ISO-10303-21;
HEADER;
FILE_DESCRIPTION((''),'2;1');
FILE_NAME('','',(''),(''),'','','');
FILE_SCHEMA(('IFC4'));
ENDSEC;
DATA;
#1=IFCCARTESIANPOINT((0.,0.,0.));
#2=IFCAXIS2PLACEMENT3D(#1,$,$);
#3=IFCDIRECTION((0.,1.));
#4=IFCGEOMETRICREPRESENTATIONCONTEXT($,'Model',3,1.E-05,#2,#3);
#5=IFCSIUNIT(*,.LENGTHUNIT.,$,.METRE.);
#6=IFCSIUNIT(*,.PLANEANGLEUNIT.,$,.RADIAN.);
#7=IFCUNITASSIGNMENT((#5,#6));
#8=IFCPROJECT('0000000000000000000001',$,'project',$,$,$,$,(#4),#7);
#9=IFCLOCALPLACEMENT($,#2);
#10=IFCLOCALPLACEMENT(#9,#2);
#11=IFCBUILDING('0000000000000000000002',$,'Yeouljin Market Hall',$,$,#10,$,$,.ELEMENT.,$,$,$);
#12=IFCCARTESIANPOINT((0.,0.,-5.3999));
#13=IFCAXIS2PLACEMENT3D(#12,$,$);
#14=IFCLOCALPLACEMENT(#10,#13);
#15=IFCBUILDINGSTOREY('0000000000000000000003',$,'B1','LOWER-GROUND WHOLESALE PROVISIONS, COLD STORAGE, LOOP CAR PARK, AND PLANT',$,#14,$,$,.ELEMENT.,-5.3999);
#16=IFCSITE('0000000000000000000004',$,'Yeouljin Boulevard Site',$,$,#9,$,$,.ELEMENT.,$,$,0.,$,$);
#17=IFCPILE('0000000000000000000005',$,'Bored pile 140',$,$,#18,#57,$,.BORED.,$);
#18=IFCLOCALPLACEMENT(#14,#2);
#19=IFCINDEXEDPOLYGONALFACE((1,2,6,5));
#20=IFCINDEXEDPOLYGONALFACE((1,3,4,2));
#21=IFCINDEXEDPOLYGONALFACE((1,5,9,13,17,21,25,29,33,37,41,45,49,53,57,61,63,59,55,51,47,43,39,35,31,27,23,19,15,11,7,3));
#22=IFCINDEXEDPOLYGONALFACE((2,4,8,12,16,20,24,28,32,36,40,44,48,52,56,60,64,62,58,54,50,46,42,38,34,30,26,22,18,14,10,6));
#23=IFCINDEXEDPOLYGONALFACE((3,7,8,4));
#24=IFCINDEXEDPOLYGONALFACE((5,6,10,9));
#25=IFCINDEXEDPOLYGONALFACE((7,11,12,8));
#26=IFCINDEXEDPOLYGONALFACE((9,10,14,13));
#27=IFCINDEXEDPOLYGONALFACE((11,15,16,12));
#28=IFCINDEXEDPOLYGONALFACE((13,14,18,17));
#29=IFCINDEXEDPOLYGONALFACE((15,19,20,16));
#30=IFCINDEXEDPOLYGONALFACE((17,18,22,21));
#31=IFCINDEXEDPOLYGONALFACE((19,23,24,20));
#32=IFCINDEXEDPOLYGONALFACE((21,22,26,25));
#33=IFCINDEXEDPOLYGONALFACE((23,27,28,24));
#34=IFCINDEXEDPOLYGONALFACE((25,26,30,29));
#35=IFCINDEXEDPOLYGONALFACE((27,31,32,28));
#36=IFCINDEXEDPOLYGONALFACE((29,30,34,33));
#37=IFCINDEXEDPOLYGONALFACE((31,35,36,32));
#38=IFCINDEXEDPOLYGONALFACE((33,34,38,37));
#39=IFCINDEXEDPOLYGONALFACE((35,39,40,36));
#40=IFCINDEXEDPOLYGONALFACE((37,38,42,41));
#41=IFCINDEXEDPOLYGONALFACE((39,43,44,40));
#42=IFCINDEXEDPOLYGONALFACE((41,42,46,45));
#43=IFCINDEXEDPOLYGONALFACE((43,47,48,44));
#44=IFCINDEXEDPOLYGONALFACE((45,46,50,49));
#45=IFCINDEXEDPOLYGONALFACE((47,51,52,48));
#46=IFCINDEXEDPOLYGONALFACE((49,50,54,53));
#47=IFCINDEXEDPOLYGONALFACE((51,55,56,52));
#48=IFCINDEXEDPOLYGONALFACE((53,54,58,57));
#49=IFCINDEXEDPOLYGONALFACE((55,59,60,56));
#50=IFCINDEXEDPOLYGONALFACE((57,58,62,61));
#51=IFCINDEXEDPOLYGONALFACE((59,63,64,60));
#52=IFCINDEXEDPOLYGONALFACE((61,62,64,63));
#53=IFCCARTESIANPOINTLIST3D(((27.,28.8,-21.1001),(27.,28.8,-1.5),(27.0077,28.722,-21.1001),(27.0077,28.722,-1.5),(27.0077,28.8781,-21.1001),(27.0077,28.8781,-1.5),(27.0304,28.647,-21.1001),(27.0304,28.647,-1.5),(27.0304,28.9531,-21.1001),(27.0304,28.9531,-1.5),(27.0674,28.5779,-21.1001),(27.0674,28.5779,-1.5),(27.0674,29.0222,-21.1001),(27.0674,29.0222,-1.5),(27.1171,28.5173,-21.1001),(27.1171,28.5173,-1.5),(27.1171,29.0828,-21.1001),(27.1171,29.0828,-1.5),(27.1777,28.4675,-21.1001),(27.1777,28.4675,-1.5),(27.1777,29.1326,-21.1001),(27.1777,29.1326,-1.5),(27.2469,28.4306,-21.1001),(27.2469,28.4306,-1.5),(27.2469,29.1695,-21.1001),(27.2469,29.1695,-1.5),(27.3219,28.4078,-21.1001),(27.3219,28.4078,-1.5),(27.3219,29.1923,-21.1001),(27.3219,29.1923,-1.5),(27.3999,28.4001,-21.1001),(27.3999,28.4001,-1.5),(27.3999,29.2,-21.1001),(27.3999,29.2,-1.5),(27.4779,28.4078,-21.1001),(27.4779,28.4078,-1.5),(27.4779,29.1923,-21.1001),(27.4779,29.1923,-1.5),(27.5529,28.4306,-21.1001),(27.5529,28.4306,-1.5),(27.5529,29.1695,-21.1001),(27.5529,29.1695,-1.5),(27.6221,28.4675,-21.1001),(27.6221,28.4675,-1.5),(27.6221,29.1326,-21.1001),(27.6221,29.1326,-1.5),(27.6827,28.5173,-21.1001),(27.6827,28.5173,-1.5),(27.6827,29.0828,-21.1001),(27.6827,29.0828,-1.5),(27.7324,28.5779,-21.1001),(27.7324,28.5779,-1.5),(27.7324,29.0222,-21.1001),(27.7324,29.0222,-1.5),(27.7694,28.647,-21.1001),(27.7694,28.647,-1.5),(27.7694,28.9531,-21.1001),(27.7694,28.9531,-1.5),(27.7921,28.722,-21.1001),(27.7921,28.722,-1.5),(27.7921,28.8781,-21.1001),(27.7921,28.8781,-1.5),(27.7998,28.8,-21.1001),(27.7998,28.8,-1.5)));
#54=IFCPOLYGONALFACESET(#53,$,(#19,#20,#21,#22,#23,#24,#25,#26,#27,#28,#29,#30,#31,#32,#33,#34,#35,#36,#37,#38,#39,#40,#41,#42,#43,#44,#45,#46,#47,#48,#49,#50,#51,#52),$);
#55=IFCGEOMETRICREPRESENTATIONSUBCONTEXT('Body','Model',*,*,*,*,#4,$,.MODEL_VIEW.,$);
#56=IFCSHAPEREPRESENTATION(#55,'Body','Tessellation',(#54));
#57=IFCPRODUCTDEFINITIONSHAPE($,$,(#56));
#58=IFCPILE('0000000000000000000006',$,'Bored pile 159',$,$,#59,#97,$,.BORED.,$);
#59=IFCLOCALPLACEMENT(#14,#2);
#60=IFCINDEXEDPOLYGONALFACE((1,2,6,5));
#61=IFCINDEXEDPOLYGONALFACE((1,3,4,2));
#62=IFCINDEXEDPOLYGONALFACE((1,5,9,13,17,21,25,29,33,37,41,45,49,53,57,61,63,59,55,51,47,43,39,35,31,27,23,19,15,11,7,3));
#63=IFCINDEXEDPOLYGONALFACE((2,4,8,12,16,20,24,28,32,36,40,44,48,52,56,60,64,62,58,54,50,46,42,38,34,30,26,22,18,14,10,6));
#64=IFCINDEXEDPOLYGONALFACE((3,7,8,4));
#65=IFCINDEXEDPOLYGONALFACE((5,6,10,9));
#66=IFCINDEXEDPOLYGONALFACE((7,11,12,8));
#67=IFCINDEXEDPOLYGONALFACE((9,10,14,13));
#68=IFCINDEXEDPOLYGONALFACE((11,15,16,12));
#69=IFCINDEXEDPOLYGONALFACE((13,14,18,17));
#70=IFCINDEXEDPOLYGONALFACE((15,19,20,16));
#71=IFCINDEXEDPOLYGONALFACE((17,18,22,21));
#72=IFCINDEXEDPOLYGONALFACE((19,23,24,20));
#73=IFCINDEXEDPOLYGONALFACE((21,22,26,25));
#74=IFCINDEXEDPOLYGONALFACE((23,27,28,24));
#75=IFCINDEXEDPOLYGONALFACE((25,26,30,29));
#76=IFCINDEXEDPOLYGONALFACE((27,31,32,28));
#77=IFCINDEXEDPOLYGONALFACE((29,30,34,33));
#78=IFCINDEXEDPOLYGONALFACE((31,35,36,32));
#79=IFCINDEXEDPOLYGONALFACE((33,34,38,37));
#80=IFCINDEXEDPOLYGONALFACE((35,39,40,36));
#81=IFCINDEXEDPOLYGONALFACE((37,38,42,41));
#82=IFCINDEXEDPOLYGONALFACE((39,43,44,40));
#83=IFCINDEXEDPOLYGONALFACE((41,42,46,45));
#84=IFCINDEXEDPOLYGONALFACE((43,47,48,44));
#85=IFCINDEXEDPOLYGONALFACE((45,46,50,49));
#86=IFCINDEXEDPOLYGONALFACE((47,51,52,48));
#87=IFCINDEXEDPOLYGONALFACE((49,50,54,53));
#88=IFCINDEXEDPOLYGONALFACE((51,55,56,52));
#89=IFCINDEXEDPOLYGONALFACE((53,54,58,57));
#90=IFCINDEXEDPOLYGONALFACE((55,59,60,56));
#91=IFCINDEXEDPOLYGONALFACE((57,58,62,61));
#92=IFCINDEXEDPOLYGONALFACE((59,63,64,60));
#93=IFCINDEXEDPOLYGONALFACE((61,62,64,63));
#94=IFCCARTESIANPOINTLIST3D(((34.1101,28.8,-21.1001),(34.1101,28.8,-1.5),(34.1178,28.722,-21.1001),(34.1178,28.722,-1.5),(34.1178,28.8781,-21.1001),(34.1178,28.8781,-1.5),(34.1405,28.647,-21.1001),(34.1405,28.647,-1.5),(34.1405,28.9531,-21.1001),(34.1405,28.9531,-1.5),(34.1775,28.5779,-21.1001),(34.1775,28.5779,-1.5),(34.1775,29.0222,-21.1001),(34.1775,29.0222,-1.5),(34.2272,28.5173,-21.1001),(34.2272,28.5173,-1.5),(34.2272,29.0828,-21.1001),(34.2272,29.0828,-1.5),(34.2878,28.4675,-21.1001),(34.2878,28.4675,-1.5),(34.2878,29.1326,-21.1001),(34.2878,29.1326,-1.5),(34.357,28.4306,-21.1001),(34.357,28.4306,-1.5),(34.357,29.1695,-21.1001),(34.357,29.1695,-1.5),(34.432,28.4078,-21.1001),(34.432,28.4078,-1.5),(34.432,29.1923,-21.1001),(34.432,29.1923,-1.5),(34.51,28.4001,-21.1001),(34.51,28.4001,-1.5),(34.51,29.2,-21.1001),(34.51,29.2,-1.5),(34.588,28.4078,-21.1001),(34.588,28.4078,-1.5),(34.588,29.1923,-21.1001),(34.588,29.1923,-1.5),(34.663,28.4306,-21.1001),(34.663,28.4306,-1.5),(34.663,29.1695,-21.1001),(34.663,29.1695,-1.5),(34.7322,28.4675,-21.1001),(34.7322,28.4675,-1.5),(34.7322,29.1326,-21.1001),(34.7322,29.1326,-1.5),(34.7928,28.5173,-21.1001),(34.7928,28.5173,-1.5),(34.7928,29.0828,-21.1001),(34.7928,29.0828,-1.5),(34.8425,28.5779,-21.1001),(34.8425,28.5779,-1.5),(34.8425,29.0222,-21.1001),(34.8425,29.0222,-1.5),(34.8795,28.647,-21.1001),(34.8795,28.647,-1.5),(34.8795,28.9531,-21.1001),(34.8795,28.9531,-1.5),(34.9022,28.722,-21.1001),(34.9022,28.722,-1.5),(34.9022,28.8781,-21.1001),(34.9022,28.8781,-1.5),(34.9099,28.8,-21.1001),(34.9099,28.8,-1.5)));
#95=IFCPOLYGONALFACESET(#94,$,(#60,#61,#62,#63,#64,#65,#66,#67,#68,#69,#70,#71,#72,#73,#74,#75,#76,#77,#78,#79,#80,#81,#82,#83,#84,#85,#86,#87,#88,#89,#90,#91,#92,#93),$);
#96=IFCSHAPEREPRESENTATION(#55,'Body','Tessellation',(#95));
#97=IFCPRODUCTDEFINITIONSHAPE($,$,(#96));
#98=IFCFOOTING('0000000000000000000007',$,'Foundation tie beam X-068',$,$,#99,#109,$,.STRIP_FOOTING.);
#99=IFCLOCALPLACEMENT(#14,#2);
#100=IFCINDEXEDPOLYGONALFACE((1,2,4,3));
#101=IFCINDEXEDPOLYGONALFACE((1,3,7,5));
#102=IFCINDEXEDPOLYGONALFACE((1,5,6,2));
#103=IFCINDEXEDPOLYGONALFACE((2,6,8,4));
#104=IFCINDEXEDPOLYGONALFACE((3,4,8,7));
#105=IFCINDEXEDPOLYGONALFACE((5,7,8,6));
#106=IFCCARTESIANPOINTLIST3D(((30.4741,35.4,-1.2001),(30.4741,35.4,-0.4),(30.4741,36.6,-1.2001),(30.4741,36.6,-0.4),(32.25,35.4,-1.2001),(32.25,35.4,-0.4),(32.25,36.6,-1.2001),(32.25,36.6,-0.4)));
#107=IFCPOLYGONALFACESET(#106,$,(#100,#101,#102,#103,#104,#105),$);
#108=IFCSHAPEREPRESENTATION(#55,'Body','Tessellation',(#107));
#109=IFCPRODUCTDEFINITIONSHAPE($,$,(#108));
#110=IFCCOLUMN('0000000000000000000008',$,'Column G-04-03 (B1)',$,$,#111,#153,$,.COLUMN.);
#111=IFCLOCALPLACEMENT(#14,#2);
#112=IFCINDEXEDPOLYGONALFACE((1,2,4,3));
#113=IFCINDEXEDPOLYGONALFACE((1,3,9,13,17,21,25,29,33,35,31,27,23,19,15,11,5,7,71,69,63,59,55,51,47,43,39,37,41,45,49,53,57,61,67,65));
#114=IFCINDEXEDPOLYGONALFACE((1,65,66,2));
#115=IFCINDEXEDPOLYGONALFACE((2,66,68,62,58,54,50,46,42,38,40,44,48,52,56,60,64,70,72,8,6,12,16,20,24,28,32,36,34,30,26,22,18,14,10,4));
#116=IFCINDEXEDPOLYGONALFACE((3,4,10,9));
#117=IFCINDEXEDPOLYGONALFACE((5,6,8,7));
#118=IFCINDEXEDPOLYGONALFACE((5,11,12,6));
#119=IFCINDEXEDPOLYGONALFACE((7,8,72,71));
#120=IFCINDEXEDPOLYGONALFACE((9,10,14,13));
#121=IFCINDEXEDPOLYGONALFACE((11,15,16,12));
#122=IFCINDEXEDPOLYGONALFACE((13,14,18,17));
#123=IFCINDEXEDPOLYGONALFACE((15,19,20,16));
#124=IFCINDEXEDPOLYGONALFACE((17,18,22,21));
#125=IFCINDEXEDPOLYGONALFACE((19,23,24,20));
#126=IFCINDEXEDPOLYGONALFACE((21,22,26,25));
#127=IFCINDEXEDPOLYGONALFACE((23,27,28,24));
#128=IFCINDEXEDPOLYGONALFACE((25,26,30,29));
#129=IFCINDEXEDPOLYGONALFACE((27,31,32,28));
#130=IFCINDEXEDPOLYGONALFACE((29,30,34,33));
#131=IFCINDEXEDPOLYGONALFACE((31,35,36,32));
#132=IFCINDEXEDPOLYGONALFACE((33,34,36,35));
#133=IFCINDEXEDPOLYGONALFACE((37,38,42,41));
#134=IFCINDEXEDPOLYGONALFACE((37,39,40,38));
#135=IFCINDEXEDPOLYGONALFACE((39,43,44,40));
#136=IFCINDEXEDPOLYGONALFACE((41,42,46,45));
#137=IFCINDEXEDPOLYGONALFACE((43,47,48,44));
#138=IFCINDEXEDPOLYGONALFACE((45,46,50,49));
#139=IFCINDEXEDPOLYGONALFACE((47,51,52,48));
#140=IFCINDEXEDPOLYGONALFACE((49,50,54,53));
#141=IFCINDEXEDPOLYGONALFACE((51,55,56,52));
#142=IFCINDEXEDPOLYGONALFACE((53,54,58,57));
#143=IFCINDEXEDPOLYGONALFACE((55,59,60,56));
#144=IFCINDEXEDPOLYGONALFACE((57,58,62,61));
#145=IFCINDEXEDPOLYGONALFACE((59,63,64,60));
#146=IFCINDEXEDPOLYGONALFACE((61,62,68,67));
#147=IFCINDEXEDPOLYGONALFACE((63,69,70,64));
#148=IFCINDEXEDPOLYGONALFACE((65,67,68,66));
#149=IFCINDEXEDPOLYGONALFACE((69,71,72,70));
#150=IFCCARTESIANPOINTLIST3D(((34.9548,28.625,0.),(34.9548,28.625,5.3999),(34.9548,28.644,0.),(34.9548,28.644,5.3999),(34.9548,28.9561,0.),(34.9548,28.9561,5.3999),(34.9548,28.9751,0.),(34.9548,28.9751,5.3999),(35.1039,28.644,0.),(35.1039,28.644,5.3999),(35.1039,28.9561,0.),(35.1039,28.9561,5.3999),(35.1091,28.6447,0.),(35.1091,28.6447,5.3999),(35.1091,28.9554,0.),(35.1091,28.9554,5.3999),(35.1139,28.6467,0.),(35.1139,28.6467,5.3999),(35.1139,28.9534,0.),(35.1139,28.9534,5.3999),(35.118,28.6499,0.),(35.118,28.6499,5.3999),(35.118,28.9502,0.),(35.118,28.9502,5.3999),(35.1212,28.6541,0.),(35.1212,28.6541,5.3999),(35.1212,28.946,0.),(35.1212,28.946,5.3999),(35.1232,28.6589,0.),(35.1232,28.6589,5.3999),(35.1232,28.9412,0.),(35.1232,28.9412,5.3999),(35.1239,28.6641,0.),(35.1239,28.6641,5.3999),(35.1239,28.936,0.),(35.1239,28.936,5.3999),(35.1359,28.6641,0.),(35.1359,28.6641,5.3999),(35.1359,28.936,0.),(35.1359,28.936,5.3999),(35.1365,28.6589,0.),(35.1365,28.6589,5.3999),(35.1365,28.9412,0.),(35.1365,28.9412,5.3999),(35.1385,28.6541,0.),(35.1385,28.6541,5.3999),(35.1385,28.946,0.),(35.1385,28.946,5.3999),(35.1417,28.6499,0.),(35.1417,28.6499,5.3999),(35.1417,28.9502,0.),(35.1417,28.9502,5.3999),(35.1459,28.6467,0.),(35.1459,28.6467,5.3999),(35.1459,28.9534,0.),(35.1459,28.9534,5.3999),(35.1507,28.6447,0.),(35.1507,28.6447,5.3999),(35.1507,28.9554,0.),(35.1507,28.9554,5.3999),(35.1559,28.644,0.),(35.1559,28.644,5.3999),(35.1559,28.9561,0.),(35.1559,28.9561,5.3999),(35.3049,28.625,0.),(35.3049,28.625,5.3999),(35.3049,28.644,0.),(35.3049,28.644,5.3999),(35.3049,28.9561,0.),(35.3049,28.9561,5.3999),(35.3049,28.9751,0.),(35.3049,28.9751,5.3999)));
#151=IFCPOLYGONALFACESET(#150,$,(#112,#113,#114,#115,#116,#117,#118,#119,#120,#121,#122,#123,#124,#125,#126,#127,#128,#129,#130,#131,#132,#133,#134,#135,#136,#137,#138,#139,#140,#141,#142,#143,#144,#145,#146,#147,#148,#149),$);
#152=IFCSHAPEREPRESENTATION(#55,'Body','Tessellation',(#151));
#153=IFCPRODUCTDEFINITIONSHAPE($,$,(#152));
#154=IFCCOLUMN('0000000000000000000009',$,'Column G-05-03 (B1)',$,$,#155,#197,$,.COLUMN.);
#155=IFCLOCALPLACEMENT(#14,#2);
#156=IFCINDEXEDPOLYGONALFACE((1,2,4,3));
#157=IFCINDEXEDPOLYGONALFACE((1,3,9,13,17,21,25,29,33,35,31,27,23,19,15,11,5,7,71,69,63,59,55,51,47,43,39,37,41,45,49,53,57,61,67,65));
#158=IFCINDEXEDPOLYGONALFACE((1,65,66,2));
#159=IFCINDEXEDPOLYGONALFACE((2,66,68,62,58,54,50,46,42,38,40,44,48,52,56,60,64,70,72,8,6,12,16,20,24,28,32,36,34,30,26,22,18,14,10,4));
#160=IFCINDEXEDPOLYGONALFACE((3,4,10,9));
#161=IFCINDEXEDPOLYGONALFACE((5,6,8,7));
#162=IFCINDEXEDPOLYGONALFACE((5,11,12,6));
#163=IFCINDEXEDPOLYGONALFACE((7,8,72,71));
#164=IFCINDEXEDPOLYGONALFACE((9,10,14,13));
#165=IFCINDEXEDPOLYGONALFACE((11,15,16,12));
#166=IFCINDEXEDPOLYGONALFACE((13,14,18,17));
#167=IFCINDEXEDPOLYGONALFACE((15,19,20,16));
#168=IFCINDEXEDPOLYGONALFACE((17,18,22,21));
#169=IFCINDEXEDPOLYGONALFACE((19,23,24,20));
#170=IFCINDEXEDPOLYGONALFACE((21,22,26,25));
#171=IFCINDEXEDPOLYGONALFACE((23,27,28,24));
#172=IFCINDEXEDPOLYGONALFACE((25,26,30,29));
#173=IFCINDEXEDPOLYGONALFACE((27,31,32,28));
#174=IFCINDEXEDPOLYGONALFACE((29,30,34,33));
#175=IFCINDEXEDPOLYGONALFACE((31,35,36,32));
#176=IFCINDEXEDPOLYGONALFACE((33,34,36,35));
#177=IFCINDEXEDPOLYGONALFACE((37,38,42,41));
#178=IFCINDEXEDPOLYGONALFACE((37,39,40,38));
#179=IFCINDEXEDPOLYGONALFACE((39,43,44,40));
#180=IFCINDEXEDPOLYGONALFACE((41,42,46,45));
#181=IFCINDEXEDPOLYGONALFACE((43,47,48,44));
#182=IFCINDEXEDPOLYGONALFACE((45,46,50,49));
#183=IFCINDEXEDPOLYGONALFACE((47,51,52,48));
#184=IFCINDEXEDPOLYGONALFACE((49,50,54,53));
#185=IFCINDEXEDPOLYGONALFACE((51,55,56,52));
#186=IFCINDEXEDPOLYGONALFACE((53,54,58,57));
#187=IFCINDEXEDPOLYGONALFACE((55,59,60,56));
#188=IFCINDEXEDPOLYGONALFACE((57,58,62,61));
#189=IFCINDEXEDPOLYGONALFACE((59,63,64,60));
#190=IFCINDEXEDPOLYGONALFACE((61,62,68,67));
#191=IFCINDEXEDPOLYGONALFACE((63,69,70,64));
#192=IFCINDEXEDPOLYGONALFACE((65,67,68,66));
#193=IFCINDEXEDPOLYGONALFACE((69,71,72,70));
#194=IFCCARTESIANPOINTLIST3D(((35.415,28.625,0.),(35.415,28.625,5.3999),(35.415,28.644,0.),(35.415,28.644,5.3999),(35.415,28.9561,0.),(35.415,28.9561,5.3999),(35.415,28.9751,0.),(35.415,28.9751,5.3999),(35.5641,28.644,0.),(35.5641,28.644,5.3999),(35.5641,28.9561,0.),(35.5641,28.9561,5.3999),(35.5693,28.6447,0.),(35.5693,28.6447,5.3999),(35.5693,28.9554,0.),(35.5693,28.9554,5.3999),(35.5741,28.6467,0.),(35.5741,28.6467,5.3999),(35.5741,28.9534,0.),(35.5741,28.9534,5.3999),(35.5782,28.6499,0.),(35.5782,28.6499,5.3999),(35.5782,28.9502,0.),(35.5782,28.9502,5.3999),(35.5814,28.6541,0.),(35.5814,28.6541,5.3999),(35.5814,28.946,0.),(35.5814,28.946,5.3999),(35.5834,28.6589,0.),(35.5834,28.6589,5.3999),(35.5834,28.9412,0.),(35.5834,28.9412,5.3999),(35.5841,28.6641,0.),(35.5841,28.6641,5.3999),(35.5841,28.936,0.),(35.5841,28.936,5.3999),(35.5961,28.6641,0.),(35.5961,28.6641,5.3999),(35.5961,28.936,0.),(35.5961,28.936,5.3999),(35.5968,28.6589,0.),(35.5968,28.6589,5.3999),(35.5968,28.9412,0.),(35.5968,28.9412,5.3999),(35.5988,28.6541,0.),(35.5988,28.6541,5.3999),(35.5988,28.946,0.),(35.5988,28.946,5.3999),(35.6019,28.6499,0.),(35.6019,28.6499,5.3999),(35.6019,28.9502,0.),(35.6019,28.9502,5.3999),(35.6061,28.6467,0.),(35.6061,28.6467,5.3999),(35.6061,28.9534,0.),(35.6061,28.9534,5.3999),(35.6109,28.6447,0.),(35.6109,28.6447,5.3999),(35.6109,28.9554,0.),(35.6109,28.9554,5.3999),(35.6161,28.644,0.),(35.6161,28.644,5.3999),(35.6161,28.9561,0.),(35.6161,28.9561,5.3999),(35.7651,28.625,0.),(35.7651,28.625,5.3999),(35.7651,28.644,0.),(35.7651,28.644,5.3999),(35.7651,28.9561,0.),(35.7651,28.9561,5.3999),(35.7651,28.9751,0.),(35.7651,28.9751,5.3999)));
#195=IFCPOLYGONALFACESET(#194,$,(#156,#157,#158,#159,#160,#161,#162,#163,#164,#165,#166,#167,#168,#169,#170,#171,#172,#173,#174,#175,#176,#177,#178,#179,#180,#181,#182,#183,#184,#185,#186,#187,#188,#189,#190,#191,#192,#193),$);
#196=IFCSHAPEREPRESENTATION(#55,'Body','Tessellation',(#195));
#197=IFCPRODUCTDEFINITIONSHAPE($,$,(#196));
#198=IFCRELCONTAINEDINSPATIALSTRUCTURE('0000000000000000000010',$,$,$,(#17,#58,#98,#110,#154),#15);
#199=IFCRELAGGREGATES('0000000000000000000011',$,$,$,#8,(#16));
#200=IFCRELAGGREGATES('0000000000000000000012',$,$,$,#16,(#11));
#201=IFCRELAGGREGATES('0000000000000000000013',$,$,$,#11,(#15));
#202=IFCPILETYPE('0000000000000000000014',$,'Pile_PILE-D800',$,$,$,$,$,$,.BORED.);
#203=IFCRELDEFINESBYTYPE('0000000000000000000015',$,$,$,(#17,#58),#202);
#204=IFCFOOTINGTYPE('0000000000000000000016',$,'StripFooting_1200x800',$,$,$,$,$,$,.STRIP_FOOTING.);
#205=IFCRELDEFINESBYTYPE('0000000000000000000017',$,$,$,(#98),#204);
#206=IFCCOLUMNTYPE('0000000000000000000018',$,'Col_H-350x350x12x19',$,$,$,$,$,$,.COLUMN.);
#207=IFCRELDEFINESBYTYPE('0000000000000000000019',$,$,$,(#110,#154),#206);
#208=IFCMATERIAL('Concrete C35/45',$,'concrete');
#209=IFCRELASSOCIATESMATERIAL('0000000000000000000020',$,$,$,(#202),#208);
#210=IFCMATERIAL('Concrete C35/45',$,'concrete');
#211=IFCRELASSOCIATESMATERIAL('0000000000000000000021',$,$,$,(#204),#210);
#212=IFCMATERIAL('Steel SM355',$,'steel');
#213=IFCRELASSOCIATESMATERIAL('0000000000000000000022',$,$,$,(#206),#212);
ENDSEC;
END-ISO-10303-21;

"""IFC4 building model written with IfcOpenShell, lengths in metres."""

from ifc_helpers import new_model, si_unit, direction, frame, origin, origin_2d, place, context, subcontext, project, spatial, rectangle, circle, i_section, extrude, material, material_profile, profile_set, type_object, element, save


model = new_model("IFC4")

# Units and contexts
model_context = context("Model", 3, precision=1e-05, world=origin(), true_north=direction((0.0, 1.0)))
body_context = subcontext(model_context, "Body", "Model", "MODEL_VIEW")
ifc_project = project(units=[si_unit("LENGTHUNIT", "METRE"), si_unit("PLANEANGLEUNIT", "RADIAN")], contexts=[model_context])

# Site, building, storey
site_placement = place(None, origin())
site = spatial("IfcSite", under=ifc_project, at=site_placement, Name="Yeouljin Boulevard Site", CompositionType="ELEMENT", RefElevation=0.0)
building_placement = place(site_placement, origin())
building = spatial("IfcBuilding", under=site, at=building_placement, Name="Yeouljin Market Hall", CompositionType="ELEMENT")
storey_placement = place(building_placement, frame((0.0, 0.0, -5.3999)))
storey = spatial("IfcBuildingStorey", under=building, at=storey_placement, Name="B1", Description="LOWER-GROUND WHOLESALE PROVISIONS, COLD STORAGE, LOOP CAR PARK, AND PLANT", CompositionType="ELEMENT", Elevation=-5.3999)

# Piles
ifc_material_1 = material(Name="Concrete C35/45", Category="concrete")
ifc_material_profile_1 = material_profile(ifc_material_1, circle(Radius=0.3999, at=origin_2d()), Name="PILE-D800")
ifc_profile_set_1 = profile_set([ifc_material_profile_1], Name="Concrete C35/45")
pile_type_1 = type_object("IfcPileType", Name="Pile_PILE-D800", PredefinedType="BORED", material=ifc_profile_set_1)
for number, where, z_axis, x_axis, name in (
    (1, (27.3999, 28.8, -1.5), (0.0, 0.0, -1.0), (1.0, 0.0, 0.0), "Bored pile 140"),
    (2, (34.51, 28.8, -1.5), (0.0, 0.0, -1.0), (1.0, 0.0, 0.0), "Bored pile 159"),
):
    element("IfcPile", number, at=place(storey_placement, frame(where, z_axis=z_axis, x_axis=x_axis)), inside=storey, type_object=pile_type_1, Name=name, PredefinedType="BORED", context=body_context, shape_type="SweptSolid", body=[
        extrude(circle(Radius=0.3999, at=origin_2d()), origin(), (0.0, 0.0, 1.0), 19.6001),
    ])

# Footing
ifc_material_2 = material(Name="Concrete C35/45", Category="concrete")
ifc_material_profile_2 = material_profile(ifc_material_2, rectangle(XDim=1.2, YDim=0.8, at=origin_2d()), Name="SF-1200x800")
ifc_profile_set_2 = profile_set([ifc_material_profile_2], Name="Concrete C35/45")
footing_type_1 = type_object("IfcFootingType", Name="StripFooting_1200x800", PredefinedType="STRIP_FOOTING", material=ifc_profile_set_2)
footing_1_placement = place(storey_placement, frame((30.4741, 36.0, -0.8), z_axis=(1.0, 0.0, 0.0), x_axis=(0.0, 1.0, 0.0)))
element("IfcFooting", 3, at=footing_1_placement, inside=storey, type_object=footing_type_1, Name="Foundation tie beam X-068", PredefinedType="STRIP_FOOTING", context=body_context, shape_type="SweptSolid", body=[
    extrude(rectangle(XDim=1.2, YDim=0.8, at=origin_2d()), origin(), (0.0, 0.0, 1.0), 1.7759),
])

# Columns
ifc_material_3 = material(Name="Steel SM355", Category="steel")
ifc_material_profile_3 = material_profile(ifc_material_3, i_section(OverallWidth=0.3501, OverallDepth=0.3501, WebThickness=0.012, FlangeThickness=0.019, FilletRadius=0.02, at=origin_2d()), Name="H-350x350x12x19")
ifc_profile_set_3 = profile_set([ifc_material_profile_3], Name="Steel SM355")
column_type_1 = type_object("IfcColumnType", Name="Col_H-350x350x12x19", PredefinedType="COLUMN", material=ifc_profile_set_3)
for number, where, z_axis, x_axis, name in (
    (4, (35.1299, 28.8, 0.0), (0.0, 0.0, 1.0), (1.0, 0.0, 0.0), "Column G-04-03 (B1)"),
    (5, (35.5901, 28.8, 0.0), (0.0, 0.0, 1.0), (1.0, 0.0, 0.0), "Column G-05-03 (B1)"),
):
    element("IfcColumn", number, at=place(storey_placement, frame(where, z_axis=z_axis, x_axis=x_axis)), inside=storey, type_object=column_type_1, Name=name, PredefinedType="COLUMN", context=body_context, shape_type="SweptSolid", body=[
        extrude(i_section(OverallWidth=0.3501, OverallDepth=0.3501, WebThickness=0.012, FlangeThickness=0.019, FilletRadius=0.02, at=origin_2d()), origin(), (0.0, 0.0, 1.0), 5.3999),
    ])

save(model, "model.ifc")
